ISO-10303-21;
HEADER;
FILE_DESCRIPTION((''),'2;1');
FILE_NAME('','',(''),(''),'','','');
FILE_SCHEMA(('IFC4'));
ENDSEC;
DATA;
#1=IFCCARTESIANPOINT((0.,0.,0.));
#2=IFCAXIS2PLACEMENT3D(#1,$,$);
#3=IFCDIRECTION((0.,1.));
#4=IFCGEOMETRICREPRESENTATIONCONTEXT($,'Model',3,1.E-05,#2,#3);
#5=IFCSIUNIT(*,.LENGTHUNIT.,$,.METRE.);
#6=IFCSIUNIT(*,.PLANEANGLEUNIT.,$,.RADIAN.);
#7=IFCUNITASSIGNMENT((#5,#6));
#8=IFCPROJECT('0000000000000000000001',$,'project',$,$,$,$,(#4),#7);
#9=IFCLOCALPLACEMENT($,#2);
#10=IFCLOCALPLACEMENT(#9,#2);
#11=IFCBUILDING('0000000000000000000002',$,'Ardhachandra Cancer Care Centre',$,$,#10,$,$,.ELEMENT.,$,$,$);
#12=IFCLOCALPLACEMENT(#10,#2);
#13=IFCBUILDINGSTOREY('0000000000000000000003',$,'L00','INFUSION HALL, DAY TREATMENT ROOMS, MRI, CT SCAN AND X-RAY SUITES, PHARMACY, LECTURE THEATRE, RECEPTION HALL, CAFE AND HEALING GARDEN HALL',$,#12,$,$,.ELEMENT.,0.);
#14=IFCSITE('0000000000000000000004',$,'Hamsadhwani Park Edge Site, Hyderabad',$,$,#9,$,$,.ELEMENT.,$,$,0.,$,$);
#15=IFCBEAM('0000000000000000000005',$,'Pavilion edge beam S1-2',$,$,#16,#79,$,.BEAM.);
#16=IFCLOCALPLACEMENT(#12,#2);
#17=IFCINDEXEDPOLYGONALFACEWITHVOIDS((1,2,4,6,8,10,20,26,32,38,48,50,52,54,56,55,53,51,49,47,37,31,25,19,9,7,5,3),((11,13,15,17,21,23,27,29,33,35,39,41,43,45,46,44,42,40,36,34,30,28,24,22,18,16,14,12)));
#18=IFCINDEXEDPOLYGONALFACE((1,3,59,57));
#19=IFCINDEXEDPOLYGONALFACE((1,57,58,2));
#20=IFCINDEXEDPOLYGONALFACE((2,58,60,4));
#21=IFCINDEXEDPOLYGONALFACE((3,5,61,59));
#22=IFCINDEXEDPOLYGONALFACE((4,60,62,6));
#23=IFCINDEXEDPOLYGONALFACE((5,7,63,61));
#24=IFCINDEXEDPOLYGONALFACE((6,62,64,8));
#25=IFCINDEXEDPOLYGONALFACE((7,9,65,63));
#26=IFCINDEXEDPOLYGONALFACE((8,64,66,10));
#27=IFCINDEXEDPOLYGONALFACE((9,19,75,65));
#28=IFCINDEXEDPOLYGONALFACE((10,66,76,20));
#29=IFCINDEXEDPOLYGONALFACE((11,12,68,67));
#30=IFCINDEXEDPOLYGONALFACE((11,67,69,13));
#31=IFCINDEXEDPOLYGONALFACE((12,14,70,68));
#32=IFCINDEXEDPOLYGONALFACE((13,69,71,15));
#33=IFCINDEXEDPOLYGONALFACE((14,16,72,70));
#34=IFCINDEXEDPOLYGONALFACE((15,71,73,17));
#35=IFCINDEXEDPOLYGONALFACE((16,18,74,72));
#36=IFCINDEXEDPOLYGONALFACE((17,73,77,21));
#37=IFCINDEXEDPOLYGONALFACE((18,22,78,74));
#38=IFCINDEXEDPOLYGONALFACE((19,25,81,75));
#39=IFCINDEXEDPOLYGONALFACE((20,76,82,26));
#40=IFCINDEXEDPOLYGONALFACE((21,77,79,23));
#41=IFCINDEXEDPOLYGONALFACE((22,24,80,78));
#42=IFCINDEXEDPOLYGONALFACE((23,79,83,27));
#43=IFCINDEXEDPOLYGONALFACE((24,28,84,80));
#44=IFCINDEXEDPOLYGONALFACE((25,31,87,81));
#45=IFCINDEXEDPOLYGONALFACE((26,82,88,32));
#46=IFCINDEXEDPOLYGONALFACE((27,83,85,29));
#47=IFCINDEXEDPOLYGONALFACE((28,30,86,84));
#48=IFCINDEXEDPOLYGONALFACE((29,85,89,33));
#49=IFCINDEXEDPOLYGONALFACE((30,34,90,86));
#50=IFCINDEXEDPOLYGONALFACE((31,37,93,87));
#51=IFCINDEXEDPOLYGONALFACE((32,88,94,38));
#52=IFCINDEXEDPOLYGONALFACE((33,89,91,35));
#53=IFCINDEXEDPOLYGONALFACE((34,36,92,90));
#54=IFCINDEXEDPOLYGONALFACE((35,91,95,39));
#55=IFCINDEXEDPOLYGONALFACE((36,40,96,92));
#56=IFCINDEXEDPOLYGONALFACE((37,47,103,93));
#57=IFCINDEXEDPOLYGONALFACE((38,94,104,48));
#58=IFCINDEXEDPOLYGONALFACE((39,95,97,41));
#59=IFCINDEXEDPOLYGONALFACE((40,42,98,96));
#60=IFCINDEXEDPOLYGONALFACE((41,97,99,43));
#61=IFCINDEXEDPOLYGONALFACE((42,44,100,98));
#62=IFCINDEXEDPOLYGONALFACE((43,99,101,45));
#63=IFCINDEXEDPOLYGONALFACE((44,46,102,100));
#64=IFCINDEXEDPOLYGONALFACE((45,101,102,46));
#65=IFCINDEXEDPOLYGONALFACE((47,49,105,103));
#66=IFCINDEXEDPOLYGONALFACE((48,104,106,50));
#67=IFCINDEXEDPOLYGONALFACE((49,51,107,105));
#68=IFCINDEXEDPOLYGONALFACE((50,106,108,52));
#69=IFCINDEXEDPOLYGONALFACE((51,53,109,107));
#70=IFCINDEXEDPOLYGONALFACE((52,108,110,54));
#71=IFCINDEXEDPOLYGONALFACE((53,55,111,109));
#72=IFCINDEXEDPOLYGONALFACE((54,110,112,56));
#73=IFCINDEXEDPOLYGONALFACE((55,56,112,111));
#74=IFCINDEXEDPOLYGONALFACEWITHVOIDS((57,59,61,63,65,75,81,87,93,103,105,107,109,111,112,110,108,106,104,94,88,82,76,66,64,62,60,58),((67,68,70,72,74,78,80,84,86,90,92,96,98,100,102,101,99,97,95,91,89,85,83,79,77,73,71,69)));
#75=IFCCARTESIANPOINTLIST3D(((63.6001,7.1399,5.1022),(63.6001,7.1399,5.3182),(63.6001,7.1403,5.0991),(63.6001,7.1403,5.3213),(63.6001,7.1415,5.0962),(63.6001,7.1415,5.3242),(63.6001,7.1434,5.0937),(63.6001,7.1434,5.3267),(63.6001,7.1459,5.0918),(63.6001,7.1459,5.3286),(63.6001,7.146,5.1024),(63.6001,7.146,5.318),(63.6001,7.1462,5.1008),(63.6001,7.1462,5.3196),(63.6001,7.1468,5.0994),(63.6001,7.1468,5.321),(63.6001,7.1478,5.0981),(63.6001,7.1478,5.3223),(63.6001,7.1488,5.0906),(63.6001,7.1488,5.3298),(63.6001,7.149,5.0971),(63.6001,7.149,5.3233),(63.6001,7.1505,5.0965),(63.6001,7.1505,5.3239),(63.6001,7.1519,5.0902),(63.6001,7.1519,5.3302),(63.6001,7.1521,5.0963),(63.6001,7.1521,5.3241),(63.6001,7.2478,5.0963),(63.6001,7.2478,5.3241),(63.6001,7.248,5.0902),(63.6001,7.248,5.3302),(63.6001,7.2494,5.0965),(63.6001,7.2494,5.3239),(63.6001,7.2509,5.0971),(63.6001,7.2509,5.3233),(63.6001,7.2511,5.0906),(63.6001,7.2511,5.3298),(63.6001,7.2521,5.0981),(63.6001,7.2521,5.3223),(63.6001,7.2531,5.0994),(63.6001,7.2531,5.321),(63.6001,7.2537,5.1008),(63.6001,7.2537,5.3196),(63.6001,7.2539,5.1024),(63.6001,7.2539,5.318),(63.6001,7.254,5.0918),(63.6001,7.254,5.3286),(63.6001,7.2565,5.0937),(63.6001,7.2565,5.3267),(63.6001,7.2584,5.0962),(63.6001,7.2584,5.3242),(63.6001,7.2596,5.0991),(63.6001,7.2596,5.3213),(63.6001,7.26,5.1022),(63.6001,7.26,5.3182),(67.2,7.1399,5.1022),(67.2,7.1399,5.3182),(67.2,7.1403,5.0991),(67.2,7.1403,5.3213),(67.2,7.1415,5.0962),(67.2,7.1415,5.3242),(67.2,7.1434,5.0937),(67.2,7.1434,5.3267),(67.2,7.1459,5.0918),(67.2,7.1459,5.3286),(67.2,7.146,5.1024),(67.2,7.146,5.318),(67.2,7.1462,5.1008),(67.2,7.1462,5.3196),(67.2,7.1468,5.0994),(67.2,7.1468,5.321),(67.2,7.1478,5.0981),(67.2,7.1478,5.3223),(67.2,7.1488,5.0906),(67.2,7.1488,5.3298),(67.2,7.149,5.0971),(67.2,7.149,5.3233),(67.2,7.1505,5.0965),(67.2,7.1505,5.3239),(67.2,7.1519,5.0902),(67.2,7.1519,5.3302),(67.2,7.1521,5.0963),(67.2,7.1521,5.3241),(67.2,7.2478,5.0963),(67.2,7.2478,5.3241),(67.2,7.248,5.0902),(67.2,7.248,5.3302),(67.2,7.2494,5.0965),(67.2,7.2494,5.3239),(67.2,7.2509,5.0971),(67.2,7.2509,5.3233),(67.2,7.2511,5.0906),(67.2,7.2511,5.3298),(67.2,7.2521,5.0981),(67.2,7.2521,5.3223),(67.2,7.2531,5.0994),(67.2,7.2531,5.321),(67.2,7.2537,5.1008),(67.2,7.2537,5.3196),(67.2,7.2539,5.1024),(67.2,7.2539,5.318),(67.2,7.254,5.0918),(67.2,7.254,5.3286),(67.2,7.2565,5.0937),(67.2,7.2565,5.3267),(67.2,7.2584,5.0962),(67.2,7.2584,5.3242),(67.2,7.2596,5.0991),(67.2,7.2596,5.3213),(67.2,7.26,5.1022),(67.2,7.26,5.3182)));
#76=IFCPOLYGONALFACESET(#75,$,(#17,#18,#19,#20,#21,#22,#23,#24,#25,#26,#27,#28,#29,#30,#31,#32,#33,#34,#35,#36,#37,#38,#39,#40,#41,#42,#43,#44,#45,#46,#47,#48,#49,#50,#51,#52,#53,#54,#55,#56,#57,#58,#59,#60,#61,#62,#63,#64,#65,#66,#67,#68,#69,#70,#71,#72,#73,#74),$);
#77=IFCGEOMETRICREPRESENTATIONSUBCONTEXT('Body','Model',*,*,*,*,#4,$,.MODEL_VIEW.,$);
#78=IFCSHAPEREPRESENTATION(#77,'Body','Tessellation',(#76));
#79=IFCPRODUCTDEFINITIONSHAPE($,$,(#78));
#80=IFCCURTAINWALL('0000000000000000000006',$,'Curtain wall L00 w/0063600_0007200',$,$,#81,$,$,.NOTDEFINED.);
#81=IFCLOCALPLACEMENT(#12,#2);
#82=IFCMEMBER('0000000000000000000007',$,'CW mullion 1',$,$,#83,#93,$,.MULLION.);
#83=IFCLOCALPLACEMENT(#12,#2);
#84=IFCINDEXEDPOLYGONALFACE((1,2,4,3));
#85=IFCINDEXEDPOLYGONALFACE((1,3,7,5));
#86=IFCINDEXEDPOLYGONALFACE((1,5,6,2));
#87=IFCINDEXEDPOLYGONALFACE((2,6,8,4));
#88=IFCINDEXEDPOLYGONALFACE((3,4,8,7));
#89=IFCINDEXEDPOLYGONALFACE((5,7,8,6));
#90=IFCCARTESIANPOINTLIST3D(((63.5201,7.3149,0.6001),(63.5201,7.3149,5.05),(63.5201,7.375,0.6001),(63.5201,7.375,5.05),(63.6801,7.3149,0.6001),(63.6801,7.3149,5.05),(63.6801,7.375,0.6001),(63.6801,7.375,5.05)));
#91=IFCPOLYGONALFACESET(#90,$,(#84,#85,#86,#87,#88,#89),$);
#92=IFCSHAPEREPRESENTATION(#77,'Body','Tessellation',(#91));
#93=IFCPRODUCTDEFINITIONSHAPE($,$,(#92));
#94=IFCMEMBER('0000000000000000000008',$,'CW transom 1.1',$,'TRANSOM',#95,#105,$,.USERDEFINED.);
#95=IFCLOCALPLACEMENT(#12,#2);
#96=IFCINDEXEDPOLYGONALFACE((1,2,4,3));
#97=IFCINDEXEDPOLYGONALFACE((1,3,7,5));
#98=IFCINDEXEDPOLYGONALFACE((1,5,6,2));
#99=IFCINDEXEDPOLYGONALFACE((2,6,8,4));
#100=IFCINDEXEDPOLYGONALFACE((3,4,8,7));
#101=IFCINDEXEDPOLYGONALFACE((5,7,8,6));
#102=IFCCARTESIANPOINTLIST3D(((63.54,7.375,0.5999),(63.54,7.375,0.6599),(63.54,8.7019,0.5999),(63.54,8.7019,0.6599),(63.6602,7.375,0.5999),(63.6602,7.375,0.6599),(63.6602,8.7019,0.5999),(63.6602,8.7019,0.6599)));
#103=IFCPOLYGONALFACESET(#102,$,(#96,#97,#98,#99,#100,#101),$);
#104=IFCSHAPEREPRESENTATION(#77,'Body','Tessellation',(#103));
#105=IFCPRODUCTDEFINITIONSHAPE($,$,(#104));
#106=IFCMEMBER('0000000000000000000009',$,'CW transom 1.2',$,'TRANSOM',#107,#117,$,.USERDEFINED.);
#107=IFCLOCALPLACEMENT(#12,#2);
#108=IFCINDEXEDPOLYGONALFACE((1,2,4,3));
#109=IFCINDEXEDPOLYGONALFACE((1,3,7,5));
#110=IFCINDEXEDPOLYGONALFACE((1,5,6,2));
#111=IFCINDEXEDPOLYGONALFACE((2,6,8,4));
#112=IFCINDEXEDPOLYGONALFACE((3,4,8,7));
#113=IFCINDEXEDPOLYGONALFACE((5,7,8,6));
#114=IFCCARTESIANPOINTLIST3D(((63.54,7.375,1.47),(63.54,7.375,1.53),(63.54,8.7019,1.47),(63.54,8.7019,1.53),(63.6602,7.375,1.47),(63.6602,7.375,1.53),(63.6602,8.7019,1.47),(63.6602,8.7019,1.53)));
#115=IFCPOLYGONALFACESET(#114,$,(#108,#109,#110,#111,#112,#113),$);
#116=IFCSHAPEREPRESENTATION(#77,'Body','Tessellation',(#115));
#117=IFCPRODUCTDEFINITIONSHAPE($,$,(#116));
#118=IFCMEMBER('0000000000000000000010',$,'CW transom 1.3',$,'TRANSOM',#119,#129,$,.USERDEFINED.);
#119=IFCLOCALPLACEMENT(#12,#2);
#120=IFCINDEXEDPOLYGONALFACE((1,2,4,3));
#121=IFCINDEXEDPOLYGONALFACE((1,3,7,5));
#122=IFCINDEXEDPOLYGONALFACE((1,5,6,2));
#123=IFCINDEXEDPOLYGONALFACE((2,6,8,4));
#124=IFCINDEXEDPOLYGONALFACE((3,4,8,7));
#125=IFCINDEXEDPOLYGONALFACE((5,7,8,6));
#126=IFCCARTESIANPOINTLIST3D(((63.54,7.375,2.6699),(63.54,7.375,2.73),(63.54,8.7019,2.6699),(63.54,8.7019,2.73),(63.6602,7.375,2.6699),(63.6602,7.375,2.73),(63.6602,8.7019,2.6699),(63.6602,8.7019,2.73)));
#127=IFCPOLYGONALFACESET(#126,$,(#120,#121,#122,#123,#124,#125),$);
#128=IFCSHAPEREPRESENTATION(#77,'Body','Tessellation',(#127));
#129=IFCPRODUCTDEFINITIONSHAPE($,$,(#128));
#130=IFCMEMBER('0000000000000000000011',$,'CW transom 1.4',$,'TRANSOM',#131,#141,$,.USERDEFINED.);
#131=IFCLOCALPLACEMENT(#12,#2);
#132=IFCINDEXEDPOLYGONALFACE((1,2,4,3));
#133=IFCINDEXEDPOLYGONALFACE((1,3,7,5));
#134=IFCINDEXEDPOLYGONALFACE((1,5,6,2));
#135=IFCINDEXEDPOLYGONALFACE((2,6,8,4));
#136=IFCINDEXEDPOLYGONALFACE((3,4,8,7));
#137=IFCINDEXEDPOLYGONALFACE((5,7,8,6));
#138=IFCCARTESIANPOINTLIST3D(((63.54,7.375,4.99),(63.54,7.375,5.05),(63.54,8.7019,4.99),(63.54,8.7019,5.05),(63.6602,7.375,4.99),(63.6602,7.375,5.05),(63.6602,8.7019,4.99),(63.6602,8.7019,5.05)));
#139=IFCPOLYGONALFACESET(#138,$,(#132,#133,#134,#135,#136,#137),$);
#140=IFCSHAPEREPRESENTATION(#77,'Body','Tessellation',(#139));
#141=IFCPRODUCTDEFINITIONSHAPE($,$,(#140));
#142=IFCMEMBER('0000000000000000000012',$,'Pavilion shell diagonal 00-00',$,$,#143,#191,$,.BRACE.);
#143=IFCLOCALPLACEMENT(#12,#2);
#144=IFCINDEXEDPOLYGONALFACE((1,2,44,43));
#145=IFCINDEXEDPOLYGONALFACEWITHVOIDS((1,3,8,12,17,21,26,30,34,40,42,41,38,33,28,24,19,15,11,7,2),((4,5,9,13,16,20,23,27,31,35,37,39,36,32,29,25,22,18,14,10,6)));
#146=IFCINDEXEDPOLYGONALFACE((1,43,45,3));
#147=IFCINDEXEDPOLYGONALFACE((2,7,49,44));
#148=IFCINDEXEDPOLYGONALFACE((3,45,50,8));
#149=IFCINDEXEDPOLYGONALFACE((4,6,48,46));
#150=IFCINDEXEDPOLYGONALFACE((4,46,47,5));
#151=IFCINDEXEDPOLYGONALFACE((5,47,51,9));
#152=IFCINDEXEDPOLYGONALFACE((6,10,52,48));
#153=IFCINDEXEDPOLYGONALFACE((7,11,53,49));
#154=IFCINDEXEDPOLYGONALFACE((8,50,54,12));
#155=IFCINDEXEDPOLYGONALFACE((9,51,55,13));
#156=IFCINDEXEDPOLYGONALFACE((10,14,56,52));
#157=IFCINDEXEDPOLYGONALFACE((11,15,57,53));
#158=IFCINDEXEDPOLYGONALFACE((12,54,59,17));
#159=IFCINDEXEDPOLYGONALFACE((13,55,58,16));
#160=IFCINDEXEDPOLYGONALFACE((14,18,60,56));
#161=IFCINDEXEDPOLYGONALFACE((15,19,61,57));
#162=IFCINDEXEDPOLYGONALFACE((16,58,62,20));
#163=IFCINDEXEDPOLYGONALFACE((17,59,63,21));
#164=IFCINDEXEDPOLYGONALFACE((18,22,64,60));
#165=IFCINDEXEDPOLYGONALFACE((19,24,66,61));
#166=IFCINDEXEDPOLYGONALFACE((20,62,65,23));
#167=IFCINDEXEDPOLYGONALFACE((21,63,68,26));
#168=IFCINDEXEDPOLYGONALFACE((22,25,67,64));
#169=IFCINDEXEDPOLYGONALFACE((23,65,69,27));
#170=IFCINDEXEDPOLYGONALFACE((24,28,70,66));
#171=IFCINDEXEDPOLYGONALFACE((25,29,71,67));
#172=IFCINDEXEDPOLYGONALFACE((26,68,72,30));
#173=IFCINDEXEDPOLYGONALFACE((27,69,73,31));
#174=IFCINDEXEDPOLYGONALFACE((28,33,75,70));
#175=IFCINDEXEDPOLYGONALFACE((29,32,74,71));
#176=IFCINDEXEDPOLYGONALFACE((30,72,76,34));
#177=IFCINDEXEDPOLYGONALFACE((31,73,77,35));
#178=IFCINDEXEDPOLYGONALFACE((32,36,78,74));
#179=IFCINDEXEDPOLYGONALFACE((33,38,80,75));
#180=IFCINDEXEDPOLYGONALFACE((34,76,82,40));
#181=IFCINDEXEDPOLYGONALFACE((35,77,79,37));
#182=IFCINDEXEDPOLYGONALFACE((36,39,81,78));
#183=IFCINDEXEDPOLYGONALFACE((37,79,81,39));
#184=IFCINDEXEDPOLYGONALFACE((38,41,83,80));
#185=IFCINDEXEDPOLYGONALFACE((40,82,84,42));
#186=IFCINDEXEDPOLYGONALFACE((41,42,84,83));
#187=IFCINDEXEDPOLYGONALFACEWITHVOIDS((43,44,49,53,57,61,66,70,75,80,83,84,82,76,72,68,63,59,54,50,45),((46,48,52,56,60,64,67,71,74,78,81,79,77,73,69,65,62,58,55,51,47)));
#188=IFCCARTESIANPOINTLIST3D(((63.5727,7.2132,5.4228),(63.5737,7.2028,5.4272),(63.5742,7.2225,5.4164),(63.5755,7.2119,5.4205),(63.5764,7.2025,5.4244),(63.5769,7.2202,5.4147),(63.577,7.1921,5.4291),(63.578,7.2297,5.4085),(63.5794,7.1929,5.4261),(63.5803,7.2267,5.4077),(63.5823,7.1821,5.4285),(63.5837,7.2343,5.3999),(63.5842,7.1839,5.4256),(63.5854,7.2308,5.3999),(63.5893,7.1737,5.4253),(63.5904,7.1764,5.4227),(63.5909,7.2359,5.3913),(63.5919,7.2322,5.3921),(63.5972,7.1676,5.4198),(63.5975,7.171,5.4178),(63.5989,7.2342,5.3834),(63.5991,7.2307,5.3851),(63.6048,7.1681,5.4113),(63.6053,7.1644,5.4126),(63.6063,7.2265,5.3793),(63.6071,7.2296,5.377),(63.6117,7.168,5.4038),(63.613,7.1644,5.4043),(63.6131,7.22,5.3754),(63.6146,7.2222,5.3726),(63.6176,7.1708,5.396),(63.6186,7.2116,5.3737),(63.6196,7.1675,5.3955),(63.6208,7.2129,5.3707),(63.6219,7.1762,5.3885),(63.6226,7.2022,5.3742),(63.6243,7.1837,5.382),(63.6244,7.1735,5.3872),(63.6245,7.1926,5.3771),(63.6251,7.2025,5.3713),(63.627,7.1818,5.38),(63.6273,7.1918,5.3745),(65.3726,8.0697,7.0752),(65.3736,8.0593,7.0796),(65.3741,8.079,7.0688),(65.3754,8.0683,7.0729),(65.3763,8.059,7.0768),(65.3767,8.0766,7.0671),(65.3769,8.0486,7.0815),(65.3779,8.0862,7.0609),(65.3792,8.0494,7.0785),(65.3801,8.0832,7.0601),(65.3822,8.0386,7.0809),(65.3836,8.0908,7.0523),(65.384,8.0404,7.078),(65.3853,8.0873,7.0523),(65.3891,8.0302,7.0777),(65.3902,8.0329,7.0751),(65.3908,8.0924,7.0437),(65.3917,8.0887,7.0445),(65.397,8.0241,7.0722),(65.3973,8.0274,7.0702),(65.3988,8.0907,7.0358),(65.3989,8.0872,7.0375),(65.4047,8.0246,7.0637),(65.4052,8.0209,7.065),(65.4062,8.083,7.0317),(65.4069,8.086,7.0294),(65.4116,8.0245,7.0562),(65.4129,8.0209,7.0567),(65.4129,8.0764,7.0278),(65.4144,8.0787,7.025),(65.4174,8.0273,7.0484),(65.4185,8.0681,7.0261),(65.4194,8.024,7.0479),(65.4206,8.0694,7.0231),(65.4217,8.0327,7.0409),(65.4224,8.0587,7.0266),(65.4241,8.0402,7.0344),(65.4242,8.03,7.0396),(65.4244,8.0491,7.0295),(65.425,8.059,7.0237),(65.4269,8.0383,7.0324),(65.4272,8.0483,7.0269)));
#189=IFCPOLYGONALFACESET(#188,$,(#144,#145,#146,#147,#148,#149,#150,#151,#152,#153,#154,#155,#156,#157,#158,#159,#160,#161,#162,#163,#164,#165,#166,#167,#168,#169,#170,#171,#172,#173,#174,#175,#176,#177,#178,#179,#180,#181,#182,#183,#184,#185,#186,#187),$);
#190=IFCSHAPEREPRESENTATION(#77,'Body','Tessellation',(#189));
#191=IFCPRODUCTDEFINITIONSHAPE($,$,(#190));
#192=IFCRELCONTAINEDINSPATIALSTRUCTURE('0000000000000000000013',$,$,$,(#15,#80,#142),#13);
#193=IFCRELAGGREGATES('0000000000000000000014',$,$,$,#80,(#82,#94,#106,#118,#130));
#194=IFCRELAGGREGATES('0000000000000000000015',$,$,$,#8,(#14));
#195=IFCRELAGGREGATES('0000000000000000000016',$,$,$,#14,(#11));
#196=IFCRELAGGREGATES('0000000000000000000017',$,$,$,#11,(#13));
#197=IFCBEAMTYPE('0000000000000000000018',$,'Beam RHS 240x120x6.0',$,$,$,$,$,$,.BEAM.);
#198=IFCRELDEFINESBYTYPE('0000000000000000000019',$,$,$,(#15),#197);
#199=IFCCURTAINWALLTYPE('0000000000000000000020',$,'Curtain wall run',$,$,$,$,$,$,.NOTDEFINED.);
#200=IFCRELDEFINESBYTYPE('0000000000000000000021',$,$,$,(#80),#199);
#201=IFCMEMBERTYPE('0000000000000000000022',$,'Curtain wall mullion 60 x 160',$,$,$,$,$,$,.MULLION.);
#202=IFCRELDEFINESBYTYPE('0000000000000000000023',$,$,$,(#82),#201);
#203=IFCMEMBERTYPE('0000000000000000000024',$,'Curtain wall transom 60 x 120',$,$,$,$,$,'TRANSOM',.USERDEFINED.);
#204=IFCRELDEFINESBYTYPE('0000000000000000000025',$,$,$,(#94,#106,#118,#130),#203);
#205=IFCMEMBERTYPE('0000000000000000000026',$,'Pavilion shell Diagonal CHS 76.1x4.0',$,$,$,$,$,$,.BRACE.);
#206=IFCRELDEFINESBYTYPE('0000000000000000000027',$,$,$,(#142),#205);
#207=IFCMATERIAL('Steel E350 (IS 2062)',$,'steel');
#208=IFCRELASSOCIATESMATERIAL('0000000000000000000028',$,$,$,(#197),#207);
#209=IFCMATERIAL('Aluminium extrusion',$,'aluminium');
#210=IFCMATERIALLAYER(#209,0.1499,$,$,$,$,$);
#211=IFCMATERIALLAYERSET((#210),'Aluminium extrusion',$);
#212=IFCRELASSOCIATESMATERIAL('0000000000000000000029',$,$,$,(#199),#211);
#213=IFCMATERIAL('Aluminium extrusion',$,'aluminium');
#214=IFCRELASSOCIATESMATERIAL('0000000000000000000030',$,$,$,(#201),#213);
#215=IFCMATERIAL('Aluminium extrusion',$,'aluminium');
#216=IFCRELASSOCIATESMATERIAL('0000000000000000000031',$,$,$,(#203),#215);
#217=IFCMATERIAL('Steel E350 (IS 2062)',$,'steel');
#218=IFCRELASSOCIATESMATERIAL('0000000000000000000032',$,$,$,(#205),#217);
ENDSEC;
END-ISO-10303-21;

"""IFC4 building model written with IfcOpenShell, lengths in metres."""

from ifc_helpers import new_model, si_unit, direction, frame, origin, origin_2d, place, context, subcontext, project, spatial, rectangle, hollow_rectangle, hollow_circle, extrude, material, layer, layer_set, material_profile, profile_set, type_object, element, aggregate, save


model = new_model("IFC4")

# Units and contexts
model_context = context("Model", 3, precision=1e-05, world=origin(), true_north=direction((0.0, 1.0)))
body_context = subcontext(model_context, "Body", "Model", "MODEL_VIEW")
ifc_project = project(units=[si_unit("LENGTHUNIT", "METRE"), si_unit("PLANEANGLEUNIT", "RADIAN")], contexts=[model_context])

# Site, building, storey
site_placement = place(None, origin())
site = spatial("IfcSite", under=ifc_project, at=site_placement, Name="Hamsadhwani Park Edge Site, Hyderabad", CompositionType="ELEMENT", RefElevation=0.0)
building_placement = place(site_placement, origin())
building = spatial("IfcBuilding", under=site, at=building_placement, Name="Ardhachandra Cancer Care Centre", CompositionType="ELEMENT")
storey_placement = place(building_placement, origin())
storey = spatial("IfcBuildingStorey", under=building, at=storey_placement, Name="L00", Description="INFUSION HALL, DAY TREATMENT ROOMS, MRI, CT SCAN AND X-RAY SUITES, PHARMACY, LECTURE THEATRE, RECEPTION HALL, CAFE AND HEALING GARDEN HALL", CompositionType="ELEMENT", Elevation=0.0)

# Beam
ifc_material_1 = material(Name="Steel E350 (IS 2062)", Category="steel")
ifc_material_profile_1 = material_profile(ifc_material_1, hollow_rectangle(XDim=0.1201, YDim=0.24, WallThickness=0.0061, InnerFilletRadius=0.0061, OuterFilletRadius=0.012, at=origin_2d()), Name="RHS 240x120x6.0")
ifc_profile_set_1 = profile_set([ifc_material_profile_1], Name="Steel E350 (IS 2062)")
beam_type = type_object("IfcBeamType", Name="Beam RHS 240x120x6.0", PredefinedType="BEAM", material=ifc_profile_set_1)
beam_placement = place(storey_placement, frame((63.6001, 7.2, 5.2102), z_axis=(1.0, 0.0, 0.0), x_axis=(0.0, 1.0, 0.0)))
element("IfcBeam", 1, at=beam_placement, inside=storey, type_object=beam_type, Name="Pavilion edge beam S1-2", PredefinedType="BEAM", context=body_context, shape_type="SweptSolid", body=[
    extrude(hollow_rectangle(XDim=0.1201, YDim=0.24, WallThickness=0.0061, InnerFilletRadius=0.0061, OuterFilletRadius=0.012, at=origin_2d()), origin(), (0.0, 0.0, 1.0), 3.5999),
])

# Curtain wall, members
ifc_material_2 = material(Name="Aluminium extrusion", Category="aluminium")
ifc_layer_1 = layer(ifc_material_2, 0.1499)
ifc_layer_set_1 = layer_set([ifc_layer_1], Name="Aluminium extrusion")
curtain_wall_type = type_object("IfcCurtainWallType", Name="Curtain wall run", PredefinedType="NOTDEFINED", material=ifc_layer_set_1)
curtain_wall_placement = place(storey_placement, origin())
curtain_wall = element("IfcCurtainWall", 2, at=curtain_wall_placement, inside=storey, type_object=curtain_wall_type, Name="Curtain wall L00 w/0063600_0007200", PredefinedType="NOTDEFINED")
ifc_material_3 = material(Name="Aluminium extrusion", Category="aluminium")
ifc_material_profile_2 = material_profile(ifc_material_3, rectangle(XDim=0.1599, YDim=0.0601, at=origin_2d()), Name="Curtain wall mullion 60 x 160")
ifc_profile_set_2 = profile_set([ifc_material_profile_2], Name="Aluminium extrusion")
member_type_1 = type_object("IfcMemberType", Name="Curtain wall mullion 60 x 160", PredefinedType="MULLION", material=ifc_profile_set_2)
member_1_placement = place(storey_placement, frame((63.6001, 7.345, 0.6001), z_axis=(0.0, 0.0, 1.0), x_axis=(-1.0, 0.0, 0.0)))
member_1 = element("IfcMember", 3, at=member_1_placement, type_object=member_type_1, Name="CW mullion 1", PredefinedType="MULLION", context=body_context, shape_type="SweptSolid", body=[
    extrude(rectangle(XDim=0.1599, YDim=0.0601, at=origin_2d()), origin(), (0.0, 0.0, 1.0), 4.45),
])
ifc_material_4 = material(Name="Aluminium extrusion", Category="aluminium")
ifc_material_profile_3 = material_profile(ifc_material_4, rectangle(XDim=0.1201, YDim=0.0601, at=origin_2d()), Name="Curtain wall transom 60 x 120")
ifc_profile_set_3 = profile_set([ifc_material_profile_3], Name="Aluminium extrusion")
member_type_2 = type_object("IfcMemberType", Name="Curtain wall transom 60 x 120", ElementType="TRANSOM", PredefinedType="USERDEFINED", material=ifc_profile_set_3)
member_2_placement = place(storey_placement, frame((63.6001, 7.375, 0.6299), z_axis=(0.0, 1.0, 0.0), x_axis=(-1.0, 0.0, 0.0)))
member_2 = element("IfcMember", 4, at=member_2_placement, type_object=member_type_2, Name="CW transom 1.1", ObjectType="TRANSOM", PredefinedType="USERDEFINED", context=body_context, shape_type="SweptSolid", body=[
    extrude(rectangle(XDim=0.1201, YDim=0.0601, at=origin_2d()), origin(), (0.0, 0.0, 1.0), 1.3269),
])
member_3_placement = place(storey_placement, frame((63.6001, 7.375, 1.5), z_axis=(0.0, 1.0, 0.0), x_axis=(-1.0, 0.0, 0.0)))
member_3 = element("IfcMember", 5, at=member_3_placement, type_object=member_type_2, Name="CW transom 1.2", ObjectType="TRANSOM", PredefinedType="USERDEFINED", context=body_context, shape_type="SweptSolid", body=[
    extrude(rectangle(XDim=0.1201, YDim=0.0601, at=origin_2d()), origin(), (0.0, 0.0, 1.0), 1.3269),
])
member_4_placement = place(storey_placement, frame((63.6001, 7.375, 2.7), z_axis=(0.0, 1.0, 0.0), x_axis=(-1.0, 0.0, 0.0)))
member_4 = element("IfcMember", 6, at=member_4_placement, type_object=member_type_2, Name="CW transom 1.3", ObjectType="TRANSOM", PredefinedType="USERDEFINED", context=body_context, shape_type="SweptSolid", body=[
    extrude(rectangle(XDim=0.1201, YDim=0.0601, at=origin_2d()), origin(), (0.0, 0.0, 1.0), 1.3269),
])
member_5_placement = place(storey_placement, frame((63.6001, 7.375, 5.02), z_axis=(0.0, 1.0, 0.0), x_axis=(-1.0, 0.0, 0.0)))
member_5 = element("IfcMember", 7, at=member_5_placement, type_object=member_type_2, Name="CW transom 1.4", ObjectType="TRANSOM", PredefinedType="USERDEFINED", context=body_context, shape_type="SweptSolid", body=[
    extrude(rectangle(XDim=0.1201, YDim=0.0601, at=origin_2d()), origin(), (0.0, 0.0, 1.0), 1.3269),
])

# Member
ifc_material_5 = material(Name="Steel E350 (IS 2062)", Category="steel")
ifc_material_profile_4 = material_profile(ifc_material_5, hollow_circle(Radius=0.0381, WallThickness=0.0039, at=origin_2d()), Name="CHS 76.1x4.0")
ifc_profile_set_4 = profile_set([ifc_material_profile_4], Name="Steel E350 (IS 2062)")
member_type_3 = type_object("IfcMemberType", Name="Pavilion shell Diagonal CHS 76.1x4.0", PredefinedType="BRACE", material=ifc_profile_set_4)
member_6_placement = place(storey_placement, frame((63.6001, 7.2, 5.3999), z_axis=(0.695168, 0.330799, 0.638212), x_axis=(-0.429686, 0.902978, 0.0)))
element("IfcMember", 8, at=member_6_placement, inside=storey, type_object=member_type_3, Name="Pavilion shell diagonal 00-00", PredefinedType="BRACE", context=body_context, shape_type="SweptSolid", body=[
    extrude(hollow_circle(Radius=0.0381, WallThickness=0.0039, at=origin_2d()), origin(), (0.0, 0.0, 1.0), 2.5891),
])

aggregate(curtain_wall, [member_1, member_2, member_3, member_4, member_5])

save(model, "model.ifc")
